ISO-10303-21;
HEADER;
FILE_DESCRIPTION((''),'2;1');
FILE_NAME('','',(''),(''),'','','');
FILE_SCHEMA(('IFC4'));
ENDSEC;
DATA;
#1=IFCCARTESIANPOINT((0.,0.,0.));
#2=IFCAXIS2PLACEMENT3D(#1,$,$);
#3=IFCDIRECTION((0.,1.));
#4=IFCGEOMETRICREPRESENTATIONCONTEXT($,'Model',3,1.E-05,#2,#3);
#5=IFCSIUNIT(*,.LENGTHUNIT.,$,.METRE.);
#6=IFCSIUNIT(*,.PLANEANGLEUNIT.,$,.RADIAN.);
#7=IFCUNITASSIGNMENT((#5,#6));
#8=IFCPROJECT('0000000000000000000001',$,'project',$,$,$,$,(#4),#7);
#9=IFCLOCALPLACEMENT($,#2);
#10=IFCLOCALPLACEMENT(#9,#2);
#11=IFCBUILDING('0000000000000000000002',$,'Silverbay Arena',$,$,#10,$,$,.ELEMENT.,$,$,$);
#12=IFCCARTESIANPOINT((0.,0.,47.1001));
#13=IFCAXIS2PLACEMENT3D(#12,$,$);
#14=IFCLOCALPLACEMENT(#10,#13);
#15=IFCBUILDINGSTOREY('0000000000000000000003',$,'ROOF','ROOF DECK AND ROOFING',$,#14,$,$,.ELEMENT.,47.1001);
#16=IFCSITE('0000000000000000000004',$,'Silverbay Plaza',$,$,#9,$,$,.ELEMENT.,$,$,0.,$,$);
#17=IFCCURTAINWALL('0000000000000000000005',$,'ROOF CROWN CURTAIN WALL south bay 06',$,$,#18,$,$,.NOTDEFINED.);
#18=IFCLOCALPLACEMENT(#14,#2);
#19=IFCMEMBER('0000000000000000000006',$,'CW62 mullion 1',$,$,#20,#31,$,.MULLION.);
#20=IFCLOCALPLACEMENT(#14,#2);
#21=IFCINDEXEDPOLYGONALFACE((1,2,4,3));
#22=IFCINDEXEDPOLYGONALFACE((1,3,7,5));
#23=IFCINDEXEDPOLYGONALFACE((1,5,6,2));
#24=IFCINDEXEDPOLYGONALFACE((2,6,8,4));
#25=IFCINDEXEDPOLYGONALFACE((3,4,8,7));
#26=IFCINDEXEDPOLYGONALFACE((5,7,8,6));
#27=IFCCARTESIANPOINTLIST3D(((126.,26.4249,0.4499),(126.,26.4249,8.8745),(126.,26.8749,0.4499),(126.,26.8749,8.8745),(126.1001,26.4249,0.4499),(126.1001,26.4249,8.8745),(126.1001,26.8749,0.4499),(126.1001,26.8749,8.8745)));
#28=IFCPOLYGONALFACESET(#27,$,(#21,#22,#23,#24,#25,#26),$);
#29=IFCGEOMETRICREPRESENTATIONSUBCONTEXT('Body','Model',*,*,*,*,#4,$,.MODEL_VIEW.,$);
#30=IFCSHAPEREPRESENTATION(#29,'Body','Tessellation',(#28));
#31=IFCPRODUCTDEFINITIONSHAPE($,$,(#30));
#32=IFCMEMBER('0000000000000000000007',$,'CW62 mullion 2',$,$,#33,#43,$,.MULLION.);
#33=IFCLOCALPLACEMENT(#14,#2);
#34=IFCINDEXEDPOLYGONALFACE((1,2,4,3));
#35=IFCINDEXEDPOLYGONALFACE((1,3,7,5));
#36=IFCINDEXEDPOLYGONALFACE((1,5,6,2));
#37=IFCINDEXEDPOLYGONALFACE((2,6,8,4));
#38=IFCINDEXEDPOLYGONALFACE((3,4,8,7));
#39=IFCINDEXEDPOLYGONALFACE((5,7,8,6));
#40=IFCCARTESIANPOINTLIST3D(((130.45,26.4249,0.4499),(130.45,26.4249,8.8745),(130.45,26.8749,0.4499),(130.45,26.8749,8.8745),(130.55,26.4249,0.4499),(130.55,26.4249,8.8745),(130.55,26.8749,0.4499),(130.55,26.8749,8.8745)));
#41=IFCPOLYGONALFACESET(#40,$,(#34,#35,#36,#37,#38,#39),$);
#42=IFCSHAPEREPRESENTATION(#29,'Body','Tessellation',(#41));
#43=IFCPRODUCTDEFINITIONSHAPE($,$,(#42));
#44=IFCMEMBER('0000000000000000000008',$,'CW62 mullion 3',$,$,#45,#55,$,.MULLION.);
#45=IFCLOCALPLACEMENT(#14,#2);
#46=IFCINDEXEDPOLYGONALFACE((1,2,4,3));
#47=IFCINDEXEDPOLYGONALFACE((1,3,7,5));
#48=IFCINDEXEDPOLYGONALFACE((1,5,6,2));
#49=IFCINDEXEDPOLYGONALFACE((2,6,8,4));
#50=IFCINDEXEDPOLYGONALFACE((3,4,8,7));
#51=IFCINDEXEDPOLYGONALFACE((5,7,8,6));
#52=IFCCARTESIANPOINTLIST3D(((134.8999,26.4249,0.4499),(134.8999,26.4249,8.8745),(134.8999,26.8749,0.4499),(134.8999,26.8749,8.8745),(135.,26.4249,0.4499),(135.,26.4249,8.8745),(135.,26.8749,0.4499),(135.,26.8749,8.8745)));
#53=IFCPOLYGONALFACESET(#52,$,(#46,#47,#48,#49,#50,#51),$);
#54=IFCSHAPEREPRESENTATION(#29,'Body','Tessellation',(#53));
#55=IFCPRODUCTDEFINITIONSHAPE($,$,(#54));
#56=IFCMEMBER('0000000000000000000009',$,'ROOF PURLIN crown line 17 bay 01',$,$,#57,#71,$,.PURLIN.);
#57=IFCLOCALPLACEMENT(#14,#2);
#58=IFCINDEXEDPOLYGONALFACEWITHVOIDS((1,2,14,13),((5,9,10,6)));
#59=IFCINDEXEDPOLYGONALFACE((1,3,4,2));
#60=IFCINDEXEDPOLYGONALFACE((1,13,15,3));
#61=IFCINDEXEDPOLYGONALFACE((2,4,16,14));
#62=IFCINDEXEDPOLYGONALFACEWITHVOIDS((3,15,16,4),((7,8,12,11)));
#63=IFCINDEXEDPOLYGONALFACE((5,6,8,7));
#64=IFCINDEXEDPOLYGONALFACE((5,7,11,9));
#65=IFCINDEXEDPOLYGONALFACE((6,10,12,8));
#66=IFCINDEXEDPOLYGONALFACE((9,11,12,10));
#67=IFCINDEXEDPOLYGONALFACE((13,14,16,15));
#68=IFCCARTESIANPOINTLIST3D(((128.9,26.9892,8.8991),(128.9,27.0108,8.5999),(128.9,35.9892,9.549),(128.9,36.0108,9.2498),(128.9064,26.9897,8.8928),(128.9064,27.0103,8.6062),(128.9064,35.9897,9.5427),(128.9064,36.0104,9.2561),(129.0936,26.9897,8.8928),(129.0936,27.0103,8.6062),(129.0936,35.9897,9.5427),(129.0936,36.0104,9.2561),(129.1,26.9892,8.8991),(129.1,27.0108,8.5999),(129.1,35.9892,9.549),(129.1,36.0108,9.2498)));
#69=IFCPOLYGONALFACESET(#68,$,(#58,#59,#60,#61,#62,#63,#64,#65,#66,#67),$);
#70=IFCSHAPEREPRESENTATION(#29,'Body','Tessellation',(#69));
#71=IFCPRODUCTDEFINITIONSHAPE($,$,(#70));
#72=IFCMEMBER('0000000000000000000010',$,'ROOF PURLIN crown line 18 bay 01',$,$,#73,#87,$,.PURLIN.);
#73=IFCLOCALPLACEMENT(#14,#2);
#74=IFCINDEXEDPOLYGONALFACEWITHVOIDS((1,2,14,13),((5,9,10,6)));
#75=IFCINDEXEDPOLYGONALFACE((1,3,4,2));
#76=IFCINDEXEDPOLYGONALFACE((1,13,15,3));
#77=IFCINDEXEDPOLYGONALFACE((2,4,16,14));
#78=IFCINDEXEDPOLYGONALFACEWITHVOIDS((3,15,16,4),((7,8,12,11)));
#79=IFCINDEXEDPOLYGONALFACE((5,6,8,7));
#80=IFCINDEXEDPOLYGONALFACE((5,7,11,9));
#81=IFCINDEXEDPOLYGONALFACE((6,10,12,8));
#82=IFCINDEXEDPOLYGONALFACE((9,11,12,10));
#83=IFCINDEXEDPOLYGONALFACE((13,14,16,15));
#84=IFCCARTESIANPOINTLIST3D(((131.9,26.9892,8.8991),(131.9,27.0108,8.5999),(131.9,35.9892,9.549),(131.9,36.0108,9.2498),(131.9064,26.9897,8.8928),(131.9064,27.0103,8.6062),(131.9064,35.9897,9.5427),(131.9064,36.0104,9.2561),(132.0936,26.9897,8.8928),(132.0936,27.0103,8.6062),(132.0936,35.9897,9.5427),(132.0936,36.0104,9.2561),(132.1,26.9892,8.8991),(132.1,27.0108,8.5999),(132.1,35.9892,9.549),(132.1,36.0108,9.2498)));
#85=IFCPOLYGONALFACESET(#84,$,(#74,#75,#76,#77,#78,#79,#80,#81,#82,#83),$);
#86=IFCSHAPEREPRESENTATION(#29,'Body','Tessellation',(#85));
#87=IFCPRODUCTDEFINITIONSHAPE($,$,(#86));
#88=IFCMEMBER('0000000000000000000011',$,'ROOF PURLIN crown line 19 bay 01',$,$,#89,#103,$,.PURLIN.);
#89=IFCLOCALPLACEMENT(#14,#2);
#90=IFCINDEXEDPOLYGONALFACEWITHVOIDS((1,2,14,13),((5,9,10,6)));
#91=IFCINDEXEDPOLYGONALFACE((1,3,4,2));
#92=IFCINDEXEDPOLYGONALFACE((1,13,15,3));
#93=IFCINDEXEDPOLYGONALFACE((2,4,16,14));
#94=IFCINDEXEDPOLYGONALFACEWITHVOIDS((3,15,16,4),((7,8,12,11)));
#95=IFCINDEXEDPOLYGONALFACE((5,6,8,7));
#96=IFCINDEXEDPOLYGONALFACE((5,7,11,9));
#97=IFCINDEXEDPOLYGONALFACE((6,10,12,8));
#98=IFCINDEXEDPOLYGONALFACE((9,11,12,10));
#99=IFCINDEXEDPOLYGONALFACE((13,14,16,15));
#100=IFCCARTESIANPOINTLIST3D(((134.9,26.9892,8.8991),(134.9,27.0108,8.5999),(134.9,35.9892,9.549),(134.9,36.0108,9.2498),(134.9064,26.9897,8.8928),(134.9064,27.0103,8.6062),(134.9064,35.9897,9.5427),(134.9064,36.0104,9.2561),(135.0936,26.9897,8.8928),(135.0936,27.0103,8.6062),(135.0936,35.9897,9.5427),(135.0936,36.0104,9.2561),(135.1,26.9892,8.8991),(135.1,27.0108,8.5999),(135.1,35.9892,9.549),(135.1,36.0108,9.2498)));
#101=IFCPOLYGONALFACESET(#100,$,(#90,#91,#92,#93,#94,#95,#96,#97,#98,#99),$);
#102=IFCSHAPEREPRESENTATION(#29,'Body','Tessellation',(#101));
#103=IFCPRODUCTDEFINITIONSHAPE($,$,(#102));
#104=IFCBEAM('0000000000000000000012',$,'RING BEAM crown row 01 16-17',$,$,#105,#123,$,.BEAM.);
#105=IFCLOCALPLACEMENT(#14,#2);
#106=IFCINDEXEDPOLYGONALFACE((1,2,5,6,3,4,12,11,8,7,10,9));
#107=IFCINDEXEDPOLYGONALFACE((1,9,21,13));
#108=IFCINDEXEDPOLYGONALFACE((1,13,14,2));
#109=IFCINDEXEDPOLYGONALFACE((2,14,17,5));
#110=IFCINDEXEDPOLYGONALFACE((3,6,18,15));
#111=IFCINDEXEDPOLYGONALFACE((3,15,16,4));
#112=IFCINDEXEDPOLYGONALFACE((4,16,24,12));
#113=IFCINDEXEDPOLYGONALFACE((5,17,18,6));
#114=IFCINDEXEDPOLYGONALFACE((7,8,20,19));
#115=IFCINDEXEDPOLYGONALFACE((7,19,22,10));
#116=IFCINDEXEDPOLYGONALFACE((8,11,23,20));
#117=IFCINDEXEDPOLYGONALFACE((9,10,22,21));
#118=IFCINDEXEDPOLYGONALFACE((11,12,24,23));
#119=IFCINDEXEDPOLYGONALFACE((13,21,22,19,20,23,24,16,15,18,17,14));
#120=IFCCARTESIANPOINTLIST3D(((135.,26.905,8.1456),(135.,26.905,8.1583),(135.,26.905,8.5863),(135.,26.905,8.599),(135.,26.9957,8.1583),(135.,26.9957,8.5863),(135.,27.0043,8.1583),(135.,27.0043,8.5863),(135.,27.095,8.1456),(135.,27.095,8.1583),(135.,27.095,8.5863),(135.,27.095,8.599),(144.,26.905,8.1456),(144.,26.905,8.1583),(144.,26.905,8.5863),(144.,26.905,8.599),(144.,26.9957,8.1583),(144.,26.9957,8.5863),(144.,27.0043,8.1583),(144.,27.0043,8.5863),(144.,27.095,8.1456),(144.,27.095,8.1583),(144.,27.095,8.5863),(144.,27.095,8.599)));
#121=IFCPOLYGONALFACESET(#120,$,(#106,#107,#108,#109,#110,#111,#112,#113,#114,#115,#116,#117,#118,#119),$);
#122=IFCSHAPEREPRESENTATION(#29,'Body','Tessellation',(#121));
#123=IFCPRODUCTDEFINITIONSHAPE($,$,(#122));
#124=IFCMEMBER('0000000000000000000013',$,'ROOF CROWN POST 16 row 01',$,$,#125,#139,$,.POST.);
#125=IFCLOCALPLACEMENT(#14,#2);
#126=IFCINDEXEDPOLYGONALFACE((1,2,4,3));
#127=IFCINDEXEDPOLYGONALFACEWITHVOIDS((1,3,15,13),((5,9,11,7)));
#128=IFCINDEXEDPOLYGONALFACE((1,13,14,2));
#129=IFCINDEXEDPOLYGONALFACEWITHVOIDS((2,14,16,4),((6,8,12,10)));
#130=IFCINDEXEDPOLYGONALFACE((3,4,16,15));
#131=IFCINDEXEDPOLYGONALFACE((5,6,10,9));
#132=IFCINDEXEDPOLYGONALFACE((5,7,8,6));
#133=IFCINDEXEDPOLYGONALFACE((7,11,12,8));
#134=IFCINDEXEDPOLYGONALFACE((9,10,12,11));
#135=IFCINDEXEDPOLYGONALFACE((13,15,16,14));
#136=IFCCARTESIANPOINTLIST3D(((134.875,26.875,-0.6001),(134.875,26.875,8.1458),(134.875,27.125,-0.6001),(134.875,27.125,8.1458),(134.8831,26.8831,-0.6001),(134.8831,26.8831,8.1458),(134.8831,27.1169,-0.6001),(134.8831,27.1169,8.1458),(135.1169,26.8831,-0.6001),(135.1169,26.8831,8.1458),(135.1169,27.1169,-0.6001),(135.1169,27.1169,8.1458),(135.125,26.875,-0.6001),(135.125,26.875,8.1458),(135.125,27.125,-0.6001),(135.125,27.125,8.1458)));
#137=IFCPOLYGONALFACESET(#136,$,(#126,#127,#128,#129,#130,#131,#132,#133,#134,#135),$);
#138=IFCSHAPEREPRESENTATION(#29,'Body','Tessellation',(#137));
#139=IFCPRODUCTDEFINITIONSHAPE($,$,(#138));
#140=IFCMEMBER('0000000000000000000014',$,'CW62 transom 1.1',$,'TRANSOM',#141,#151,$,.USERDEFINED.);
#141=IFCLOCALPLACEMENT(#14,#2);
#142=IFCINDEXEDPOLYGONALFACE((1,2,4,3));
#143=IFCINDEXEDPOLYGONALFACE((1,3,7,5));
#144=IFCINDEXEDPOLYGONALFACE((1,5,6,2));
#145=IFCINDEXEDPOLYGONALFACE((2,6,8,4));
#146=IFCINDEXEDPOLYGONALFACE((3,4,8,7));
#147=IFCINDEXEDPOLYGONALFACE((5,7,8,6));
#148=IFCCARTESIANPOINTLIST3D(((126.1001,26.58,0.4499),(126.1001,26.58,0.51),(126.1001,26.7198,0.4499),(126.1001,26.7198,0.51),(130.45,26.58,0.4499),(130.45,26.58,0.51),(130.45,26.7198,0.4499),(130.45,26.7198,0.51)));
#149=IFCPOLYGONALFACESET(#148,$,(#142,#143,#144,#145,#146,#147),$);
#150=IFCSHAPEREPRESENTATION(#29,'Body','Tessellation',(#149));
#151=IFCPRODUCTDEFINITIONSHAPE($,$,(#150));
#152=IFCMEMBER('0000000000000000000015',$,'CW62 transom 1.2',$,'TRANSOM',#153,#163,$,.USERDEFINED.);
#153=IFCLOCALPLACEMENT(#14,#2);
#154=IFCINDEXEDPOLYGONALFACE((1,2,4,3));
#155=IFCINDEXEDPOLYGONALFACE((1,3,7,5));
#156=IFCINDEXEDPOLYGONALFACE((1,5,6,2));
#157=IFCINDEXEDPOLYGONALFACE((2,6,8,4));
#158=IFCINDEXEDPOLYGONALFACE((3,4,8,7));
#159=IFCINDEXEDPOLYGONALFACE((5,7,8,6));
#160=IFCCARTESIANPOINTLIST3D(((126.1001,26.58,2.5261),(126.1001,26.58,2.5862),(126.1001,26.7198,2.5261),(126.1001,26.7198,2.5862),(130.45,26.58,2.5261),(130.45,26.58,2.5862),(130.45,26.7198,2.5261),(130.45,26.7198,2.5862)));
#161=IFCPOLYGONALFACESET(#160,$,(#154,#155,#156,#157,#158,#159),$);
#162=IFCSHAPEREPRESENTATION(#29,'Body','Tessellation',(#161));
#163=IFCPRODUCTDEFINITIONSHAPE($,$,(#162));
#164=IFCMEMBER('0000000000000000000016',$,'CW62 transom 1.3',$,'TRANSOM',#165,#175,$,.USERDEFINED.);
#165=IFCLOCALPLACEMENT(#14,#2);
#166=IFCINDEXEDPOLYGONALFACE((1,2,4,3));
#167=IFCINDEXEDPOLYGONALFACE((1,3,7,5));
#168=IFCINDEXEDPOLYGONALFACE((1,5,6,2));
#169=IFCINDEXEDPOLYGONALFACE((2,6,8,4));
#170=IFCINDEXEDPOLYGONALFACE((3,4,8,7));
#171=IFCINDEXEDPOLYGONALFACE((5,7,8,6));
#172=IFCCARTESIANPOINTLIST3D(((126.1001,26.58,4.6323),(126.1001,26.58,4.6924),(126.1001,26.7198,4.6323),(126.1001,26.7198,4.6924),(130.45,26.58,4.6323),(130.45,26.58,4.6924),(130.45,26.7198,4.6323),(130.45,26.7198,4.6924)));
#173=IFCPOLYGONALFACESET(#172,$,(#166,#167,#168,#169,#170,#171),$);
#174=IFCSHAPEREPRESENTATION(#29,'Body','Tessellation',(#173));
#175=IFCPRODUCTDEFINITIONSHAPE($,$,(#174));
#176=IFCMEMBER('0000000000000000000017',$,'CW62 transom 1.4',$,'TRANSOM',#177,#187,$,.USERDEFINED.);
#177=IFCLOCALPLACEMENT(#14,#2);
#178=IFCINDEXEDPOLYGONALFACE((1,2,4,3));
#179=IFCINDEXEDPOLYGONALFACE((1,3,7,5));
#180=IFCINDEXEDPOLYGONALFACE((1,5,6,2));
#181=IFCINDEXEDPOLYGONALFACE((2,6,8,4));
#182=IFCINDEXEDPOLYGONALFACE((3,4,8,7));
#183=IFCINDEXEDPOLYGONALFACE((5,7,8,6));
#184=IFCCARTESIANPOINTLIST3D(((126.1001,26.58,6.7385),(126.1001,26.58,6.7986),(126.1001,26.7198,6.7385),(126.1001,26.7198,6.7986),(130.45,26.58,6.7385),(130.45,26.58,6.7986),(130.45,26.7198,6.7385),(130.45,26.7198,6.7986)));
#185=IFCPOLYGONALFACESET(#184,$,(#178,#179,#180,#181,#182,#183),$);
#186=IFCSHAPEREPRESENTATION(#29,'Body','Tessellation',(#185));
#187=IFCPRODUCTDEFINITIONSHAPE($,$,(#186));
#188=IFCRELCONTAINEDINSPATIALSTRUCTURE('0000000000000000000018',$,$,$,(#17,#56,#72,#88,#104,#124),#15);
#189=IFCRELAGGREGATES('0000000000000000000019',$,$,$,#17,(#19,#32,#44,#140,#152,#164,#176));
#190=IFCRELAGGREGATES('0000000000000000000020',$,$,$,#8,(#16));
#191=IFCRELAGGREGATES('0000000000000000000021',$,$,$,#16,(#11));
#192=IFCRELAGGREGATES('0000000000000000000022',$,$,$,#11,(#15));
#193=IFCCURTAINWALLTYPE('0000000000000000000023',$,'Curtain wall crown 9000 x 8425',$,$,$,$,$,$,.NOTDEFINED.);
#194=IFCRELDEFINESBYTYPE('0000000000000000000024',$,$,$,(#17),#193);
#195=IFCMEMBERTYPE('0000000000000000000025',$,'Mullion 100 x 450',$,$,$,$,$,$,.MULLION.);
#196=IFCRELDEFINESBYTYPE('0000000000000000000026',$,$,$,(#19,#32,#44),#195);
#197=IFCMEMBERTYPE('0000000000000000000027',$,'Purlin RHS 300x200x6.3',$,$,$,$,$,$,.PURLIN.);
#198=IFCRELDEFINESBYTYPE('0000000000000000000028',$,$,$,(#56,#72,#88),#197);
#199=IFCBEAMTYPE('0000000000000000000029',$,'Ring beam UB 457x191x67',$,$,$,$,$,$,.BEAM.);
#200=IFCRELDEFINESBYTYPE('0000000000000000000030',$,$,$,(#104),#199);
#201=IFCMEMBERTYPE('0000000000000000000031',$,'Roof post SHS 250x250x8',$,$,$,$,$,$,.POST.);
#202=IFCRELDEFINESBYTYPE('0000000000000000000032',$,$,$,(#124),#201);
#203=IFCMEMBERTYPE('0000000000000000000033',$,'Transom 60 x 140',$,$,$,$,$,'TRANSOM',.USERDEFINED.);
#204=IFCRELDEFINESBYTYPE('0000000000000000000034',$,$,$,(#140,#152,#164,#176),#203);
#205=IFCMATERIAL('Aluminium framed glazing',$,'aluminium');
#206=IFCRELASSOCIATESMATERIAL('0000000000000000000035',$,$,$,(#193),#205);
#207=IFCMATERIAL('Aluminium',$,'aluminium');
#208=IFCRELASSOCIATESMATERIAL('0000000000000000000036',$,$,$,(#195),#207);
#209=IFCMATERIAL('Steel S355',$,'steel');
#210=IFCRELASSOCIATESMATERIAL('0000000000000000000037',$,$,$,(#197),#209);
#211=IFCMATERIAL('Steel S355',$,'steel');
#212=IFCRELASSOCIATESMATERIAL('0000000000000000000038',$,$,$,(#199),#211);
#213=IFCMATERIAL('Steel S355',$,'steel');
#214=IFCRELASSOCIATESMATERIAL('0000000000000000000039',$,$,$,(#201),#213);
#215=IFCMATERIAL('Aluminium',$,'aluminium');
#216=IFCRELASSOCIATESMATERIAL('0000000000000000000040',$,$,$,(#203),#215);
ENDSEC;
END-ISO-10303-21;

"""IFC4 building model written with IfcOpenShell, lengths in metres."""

from ifc_helpers import new_model, si_unit, direction, frame, origin, origin_2d, place, context, subcontext, project, spatial, rectangle, hollow_rectangle, i_section, extrude, material, material_profile, profile_set, type_object, element, aggregate, save


model = new_model("IFC4")

# Units and contexts
model_context = context("Model", 3, precision=1e-05, world=origin(), true_north=direction((0.0, 1.0)))
body_context = subcontext(model_context, "Body", "Model", "MODEL_VIEW")
ifc_project = project(units=[si_unit("LENGTHUNIT", "METRE"), si_unit("PLANEANGLEUNIT", "RADIAN")], contexts=[model_context])

# Site, building, storey
site_placement = place(None, origin())
site = spatial("IfcSite", under=ifc_project, at=site_placement, Name="Silverbay Plaza", CompositionType="ELEMENT", RefElevation=0.0)
building_placement = place(site_placement, origin())
building = spatial("IfcBuilding", under=site, at=building_placement, Name="Silverbay Arena", CompositionType="ELEMENT")
storey_placement = place(building_placement, frame((0.0, 0.0, 47.1001)))
storey = spatial("IfcBuildingStorey", under=building, at=storey_placement, Name="ROOF", Description="ROOF DECK AND ROOFING", CompositionType="ELEMENT", Elevation=47.1001)

# Curtain wall, members
ifc_material_1 = material(Name="Aluminium framed glazing", Category="aluminium")
curtain_wall_type = type_object("IfcCurtainWallType", Name="Curtain wall crown 9000 x 8425", PredefinedType="NOTDEFINED", material=ifc_material_1)
curtain_wall_placement = place(storey_placement, origin())
curtain_wall = element("IfcCurtainWall", 1, at=curtain_wall_placement, inside=storey, type_object=curtain_wall_type, Name="ROOF CROWN CURTAIN WALL south bay 06", PredefinedType="NOTDEFINED")
ifc_material_2 = material(Name="Aluminium", Category="aluminium")
ifc_material_profile_1 = material_profile(ifc_material_2, rectangle(XDim=0.45, YDim=0.1001, at=origin_2d()), Name="Mullion 100 x 450")
ifc_profile_set_1 = profile_set([ifc_material_profile_1], Name="Aluminium")
member_type_1 = type_object("IfcMemberType", Name="Mullion 100 x 450", PredefinedType="MULLION", material=ifc_profile_set_1)
placement = place(building_placement, frame((0.0, 0.0, 33.5)))
member_1_placement = place(placement, frame((126.05, 26.6499, 14.05), z_axis=(0.0, 0.0, 1.0), x_axis=(0.0, 1.0, 0.0)))
member_1 = element("IfcMember", 2, at=member_1_placement, type_object=member_type_1, Name="CW62 mullion 1", PredefinedType="MULLION", context=body_context, shape_type="SweptSolid", body=[
    extrude(rectangle(XDim=0.45, YDim=0.1001, at=origin_2d()), origin(), (0.0, 0.0, 1.0), 8.4246),
])
member_2_placement = place(placement, frame((130.5, 26.6499, 14.05), z_axis=(0.0, 0.0, 1.0), x_axis=(0.0, 1.0, 0.0)))
member_2 = element("IfcMember", 3, at=member_2_placement, type_object=member_type_1, Name="CW62 mullion 2", PredefinedType="MULLION", context=body_context, shape_type="SweptSolid", body=[
    extrude(rectangle(XDim=0.45, YDim=0.1001, at=origin_2d()), origin(), (0.0, 0.0, 1.0), 8.4246),
])
member_3_placement = place(placement, frame((134.95, 26.6499, 14.05), z_axis=(0.0, 0.0, 1.0), x_axis=(0.0, 1.0, 0.0)))
member_3 = element("IfcMember", 4, at=member_3_placement, type_object=member_type_1, Name="CW62 mullion 3", PredefinedType="MULLION", context=body_context, shape_type="SweptSolid", body=[
    extrude(rectangle(XDim=0.45, YDim=0.1001, at=origin_2d()), origin(), (0.0, 0.0, 1.0), 8.4246),
])

# Members
ifc_material_3 = material(Name="Steel S355", Category="steel")
ifc_material_profile_2 = material_profile(ifc_material_3, hollow_rectangle(XDim=0.2, YDim=0.3, WallThickness=0.0063, at=origin_2d()), Name="RHS 300x200x6.3")
ifc_profile_set_2 = profile_set([ifc_material_profile_2], Name="Steel S355")
member_type_2 = type_object("IfcMemberType", Name="Purlin RHS 300x200x6.3", PredefinedType="PURLIN", material=ifc_profile_set_2)
for number, where, z_axis, x_axis, name in (
    (5, (129.0, 27.0, 8.7495), (0.0, 0.997403, 0.072024), (-1.0, 0.0, 0.0), "ROOF PURLIN crown line 17 bay 01"),
    (6, (132.0, 27.0, 8.7495), (0.0, 0.997403, 0.072024), (-1.0, 0.0, 0.0), "ROOF PURLIN crown line 18 bay 01"),
    (7, (135.0, 27.0, 8.7495), (0.0, 0.997403, 0.072024), (-1.0, 0.0, 0.0), "ROOF PURLIN crown line 19 bay 01"),
):
    element("IfcMember", number, at=place(storey_placement, frame(where, z_axis=z_axis, x_axis=x_axis)), inside=storey, type_object=member_type_2, Name=name, PredefinedType="PURLIN", context=body_context, shape_type="SweptSolid", body=[
        extrude(hollow_rectangle(XDim=0.2, YDim=0.3, WallThickness=0.0063, at=origin_2d()), origin(), (0.0, 0.0, 1.0), 9.0234),
    ])

# Beam
ifc_material_4 = material(Name="Steel S355", Category="steel")
ifc_material_profile_3 = material_profile(ifc_material_4, i_section(OverallWidth=0.1899, OverallDepth=0.4534, WebThickness=0.0085, FlangeThickness=0.0127, at=origin_2d()), Name="UB 457x191x67")
ifc_profile_set_3 = profile_set([ifc_material_profile_3], Name="Steel S355")
beam_type = type_object("IfcBeamType", Name="Ring beam UB 457x191x67", PredefinedType="BEAM", material=ifc_profile_set_3)
beam_placement = place(storey_placement, frame((135.0, 27.0, 8.3723), z_axis=(1.0, 0.0, 0.0), x_axis=(0.0, 1.0, 0.0)))
element("IfcBeam", 8, at=beam_placement, inside=storey, type_object=beam_type, Name="RING BEAM crown row 01 16-17", PredefinedType="BEAM", context=body_context, shape_type="SweptSolid", body=[
    extrude(i_section(OverallWidth=0.1899, OverallDepth=0.4534, WebThickness=0.0085, FlangeThickness=0.0127, at=origin_2d()), origin(), (0.0, 0.0, 1.0), 9.0),
])

# Members
ifc_material_5 = material(Name="Steel S355", Category="steel")
ifc_material_profile_4 = material_profile(ifc_material_5, hollow_rectangle(XDim=0.25, YDim=0.25, WallThickness=0.0081, at=origin_2d()), Name="SHS 250x250x8")
ifc_profile_set_4 = profile_set([ifc_material_profile_4], Name="Steel S355")
member_type_3 = type_object("IfcMemberType", Name="Roof post SHS 250x250x8", PredefinedType="POST", material=ifc_profile_set_4)
member_4_placement = place(storey_placement, frame((135.0, 27.0, -0.6001), z_axis=(0.0, 0.0, 1.0), x_axis=(1.0, 0.0, 0.0)))
element("IfcMember", 9, at=member_4_placement, inside=storey, type_object=member_type_3, Name="ROOF CROWN POST 16 row 01", PredefinedType="POST", context=body_context, shape_type="SweptSolid", body=[
    extrude(hollow_rectangle(XDim=0.25, YDim=0.25, WallThickness=0.0081, at=origin_2d()), origin(), (0.0, 0.0, 1.0), 8.7458),
])
ifc_material_6 = material(Name="Aluminium", Category="aluminium")
ifc_material_profile_5 = material_profile(ifc_material_6, rectangle(XDim=0.1399, YDim=0.0601, at=origin_2d()), Name="Transom 60 x 140")
ifc_profile_set_5 = profile_set([ifc_material_profile_5], Name="Aluminium")
member_type_4 = type_object("IfcMemberType", Name="Transom 60 x 140", ElementType="TRANSOM", PredefinedType="USERDEFINED", material=ifc_profile_set_5)
member_5_placement = place(placement, frame((126.1001, 26.6499, 14.0801), z_axis=(1.0, 0.0, 0.0), x_axis=(0.0, 1.0, 0.0)))
member_5 = element("IfcMember", 10, at=member_5_placement, type_object=member_type_4, Name="CW62 transom 1.1", ObjectType="TRANSOM", PredefinedType="USERDEFINED", context=body_context, shape_type="SweptSolid", body=[
    extrude(rectangle(XDim=0.1399, YDim=0.0601, at=origin_2d()), origin(), (0.0, 0.0, 1.0), 4.3499),
])
member_6_placement = place(placement, frame((126.1001, 26.6499, 16.1562), z_axis=(1.0, 0.0, 0.0), x_axis=(0.0, 1.0, 0.0)))
member_6 = element("IfcMember", 11, at=member_6_placement, type_object=member_type_4, Name="CW62 transom 1.2", ObjectType="TRANSOM", PredefinedType="USERDEFINED", context=body_context, shape_type="SweptSolid", body=[
    extrude(rectangle(XDim=0.1399, YDim=0.0601, at=origin_2d()), origin(), (0.0, 0.0, 1.0), 4.3499),
])
member_7_placement = place(placement, frame((126.1001, 26.6499, 18.2625), z_axis=(1.0, 0.0, 0.0), x_axis=(0.0, 1.0, 0.0)))
member_7 = element("IfcMember", 12, at=member_7_placement, type_object=member_type_4, Name="CW62 transom 1.3", ObjectType="TRANSOM", PredefinedType="USERDEFINED", context=body_context, shape_type="SweptSolid", body=[
    extrude(rectangle(XDim=0.1399, YDim=0.0601, at=origin_2d()), origin(), (0.0, 0.0, 1.0), 4.3499),
])
member_8_placement = place(placement, frame((126.1001, 26.6499, 20.3687), z_axis=(1.0, 0.0, 0.0), x_axis=(0.0, 1.0, 0.0)))
member_8 = element("IfcMember", 13, at=member_8_placement, type_object=member_type_4, Name="CW62 transom 1.4", ObjectType="TRANSOM", PredefinedType="USERDEFINED", context=body_context, shape_type="SweptSolid", body=[
    extrude(rectangle(XDim=0.1399, YDim=0.0601, at=origin_2d()), origin(), (0.0, 0.0, 1.0), 4.3499),
])

aggregate(curtain_wall, [member_1, member_2, member_3, member_5, member_6, member_7, member_8])

save(model, "model.ifc")
